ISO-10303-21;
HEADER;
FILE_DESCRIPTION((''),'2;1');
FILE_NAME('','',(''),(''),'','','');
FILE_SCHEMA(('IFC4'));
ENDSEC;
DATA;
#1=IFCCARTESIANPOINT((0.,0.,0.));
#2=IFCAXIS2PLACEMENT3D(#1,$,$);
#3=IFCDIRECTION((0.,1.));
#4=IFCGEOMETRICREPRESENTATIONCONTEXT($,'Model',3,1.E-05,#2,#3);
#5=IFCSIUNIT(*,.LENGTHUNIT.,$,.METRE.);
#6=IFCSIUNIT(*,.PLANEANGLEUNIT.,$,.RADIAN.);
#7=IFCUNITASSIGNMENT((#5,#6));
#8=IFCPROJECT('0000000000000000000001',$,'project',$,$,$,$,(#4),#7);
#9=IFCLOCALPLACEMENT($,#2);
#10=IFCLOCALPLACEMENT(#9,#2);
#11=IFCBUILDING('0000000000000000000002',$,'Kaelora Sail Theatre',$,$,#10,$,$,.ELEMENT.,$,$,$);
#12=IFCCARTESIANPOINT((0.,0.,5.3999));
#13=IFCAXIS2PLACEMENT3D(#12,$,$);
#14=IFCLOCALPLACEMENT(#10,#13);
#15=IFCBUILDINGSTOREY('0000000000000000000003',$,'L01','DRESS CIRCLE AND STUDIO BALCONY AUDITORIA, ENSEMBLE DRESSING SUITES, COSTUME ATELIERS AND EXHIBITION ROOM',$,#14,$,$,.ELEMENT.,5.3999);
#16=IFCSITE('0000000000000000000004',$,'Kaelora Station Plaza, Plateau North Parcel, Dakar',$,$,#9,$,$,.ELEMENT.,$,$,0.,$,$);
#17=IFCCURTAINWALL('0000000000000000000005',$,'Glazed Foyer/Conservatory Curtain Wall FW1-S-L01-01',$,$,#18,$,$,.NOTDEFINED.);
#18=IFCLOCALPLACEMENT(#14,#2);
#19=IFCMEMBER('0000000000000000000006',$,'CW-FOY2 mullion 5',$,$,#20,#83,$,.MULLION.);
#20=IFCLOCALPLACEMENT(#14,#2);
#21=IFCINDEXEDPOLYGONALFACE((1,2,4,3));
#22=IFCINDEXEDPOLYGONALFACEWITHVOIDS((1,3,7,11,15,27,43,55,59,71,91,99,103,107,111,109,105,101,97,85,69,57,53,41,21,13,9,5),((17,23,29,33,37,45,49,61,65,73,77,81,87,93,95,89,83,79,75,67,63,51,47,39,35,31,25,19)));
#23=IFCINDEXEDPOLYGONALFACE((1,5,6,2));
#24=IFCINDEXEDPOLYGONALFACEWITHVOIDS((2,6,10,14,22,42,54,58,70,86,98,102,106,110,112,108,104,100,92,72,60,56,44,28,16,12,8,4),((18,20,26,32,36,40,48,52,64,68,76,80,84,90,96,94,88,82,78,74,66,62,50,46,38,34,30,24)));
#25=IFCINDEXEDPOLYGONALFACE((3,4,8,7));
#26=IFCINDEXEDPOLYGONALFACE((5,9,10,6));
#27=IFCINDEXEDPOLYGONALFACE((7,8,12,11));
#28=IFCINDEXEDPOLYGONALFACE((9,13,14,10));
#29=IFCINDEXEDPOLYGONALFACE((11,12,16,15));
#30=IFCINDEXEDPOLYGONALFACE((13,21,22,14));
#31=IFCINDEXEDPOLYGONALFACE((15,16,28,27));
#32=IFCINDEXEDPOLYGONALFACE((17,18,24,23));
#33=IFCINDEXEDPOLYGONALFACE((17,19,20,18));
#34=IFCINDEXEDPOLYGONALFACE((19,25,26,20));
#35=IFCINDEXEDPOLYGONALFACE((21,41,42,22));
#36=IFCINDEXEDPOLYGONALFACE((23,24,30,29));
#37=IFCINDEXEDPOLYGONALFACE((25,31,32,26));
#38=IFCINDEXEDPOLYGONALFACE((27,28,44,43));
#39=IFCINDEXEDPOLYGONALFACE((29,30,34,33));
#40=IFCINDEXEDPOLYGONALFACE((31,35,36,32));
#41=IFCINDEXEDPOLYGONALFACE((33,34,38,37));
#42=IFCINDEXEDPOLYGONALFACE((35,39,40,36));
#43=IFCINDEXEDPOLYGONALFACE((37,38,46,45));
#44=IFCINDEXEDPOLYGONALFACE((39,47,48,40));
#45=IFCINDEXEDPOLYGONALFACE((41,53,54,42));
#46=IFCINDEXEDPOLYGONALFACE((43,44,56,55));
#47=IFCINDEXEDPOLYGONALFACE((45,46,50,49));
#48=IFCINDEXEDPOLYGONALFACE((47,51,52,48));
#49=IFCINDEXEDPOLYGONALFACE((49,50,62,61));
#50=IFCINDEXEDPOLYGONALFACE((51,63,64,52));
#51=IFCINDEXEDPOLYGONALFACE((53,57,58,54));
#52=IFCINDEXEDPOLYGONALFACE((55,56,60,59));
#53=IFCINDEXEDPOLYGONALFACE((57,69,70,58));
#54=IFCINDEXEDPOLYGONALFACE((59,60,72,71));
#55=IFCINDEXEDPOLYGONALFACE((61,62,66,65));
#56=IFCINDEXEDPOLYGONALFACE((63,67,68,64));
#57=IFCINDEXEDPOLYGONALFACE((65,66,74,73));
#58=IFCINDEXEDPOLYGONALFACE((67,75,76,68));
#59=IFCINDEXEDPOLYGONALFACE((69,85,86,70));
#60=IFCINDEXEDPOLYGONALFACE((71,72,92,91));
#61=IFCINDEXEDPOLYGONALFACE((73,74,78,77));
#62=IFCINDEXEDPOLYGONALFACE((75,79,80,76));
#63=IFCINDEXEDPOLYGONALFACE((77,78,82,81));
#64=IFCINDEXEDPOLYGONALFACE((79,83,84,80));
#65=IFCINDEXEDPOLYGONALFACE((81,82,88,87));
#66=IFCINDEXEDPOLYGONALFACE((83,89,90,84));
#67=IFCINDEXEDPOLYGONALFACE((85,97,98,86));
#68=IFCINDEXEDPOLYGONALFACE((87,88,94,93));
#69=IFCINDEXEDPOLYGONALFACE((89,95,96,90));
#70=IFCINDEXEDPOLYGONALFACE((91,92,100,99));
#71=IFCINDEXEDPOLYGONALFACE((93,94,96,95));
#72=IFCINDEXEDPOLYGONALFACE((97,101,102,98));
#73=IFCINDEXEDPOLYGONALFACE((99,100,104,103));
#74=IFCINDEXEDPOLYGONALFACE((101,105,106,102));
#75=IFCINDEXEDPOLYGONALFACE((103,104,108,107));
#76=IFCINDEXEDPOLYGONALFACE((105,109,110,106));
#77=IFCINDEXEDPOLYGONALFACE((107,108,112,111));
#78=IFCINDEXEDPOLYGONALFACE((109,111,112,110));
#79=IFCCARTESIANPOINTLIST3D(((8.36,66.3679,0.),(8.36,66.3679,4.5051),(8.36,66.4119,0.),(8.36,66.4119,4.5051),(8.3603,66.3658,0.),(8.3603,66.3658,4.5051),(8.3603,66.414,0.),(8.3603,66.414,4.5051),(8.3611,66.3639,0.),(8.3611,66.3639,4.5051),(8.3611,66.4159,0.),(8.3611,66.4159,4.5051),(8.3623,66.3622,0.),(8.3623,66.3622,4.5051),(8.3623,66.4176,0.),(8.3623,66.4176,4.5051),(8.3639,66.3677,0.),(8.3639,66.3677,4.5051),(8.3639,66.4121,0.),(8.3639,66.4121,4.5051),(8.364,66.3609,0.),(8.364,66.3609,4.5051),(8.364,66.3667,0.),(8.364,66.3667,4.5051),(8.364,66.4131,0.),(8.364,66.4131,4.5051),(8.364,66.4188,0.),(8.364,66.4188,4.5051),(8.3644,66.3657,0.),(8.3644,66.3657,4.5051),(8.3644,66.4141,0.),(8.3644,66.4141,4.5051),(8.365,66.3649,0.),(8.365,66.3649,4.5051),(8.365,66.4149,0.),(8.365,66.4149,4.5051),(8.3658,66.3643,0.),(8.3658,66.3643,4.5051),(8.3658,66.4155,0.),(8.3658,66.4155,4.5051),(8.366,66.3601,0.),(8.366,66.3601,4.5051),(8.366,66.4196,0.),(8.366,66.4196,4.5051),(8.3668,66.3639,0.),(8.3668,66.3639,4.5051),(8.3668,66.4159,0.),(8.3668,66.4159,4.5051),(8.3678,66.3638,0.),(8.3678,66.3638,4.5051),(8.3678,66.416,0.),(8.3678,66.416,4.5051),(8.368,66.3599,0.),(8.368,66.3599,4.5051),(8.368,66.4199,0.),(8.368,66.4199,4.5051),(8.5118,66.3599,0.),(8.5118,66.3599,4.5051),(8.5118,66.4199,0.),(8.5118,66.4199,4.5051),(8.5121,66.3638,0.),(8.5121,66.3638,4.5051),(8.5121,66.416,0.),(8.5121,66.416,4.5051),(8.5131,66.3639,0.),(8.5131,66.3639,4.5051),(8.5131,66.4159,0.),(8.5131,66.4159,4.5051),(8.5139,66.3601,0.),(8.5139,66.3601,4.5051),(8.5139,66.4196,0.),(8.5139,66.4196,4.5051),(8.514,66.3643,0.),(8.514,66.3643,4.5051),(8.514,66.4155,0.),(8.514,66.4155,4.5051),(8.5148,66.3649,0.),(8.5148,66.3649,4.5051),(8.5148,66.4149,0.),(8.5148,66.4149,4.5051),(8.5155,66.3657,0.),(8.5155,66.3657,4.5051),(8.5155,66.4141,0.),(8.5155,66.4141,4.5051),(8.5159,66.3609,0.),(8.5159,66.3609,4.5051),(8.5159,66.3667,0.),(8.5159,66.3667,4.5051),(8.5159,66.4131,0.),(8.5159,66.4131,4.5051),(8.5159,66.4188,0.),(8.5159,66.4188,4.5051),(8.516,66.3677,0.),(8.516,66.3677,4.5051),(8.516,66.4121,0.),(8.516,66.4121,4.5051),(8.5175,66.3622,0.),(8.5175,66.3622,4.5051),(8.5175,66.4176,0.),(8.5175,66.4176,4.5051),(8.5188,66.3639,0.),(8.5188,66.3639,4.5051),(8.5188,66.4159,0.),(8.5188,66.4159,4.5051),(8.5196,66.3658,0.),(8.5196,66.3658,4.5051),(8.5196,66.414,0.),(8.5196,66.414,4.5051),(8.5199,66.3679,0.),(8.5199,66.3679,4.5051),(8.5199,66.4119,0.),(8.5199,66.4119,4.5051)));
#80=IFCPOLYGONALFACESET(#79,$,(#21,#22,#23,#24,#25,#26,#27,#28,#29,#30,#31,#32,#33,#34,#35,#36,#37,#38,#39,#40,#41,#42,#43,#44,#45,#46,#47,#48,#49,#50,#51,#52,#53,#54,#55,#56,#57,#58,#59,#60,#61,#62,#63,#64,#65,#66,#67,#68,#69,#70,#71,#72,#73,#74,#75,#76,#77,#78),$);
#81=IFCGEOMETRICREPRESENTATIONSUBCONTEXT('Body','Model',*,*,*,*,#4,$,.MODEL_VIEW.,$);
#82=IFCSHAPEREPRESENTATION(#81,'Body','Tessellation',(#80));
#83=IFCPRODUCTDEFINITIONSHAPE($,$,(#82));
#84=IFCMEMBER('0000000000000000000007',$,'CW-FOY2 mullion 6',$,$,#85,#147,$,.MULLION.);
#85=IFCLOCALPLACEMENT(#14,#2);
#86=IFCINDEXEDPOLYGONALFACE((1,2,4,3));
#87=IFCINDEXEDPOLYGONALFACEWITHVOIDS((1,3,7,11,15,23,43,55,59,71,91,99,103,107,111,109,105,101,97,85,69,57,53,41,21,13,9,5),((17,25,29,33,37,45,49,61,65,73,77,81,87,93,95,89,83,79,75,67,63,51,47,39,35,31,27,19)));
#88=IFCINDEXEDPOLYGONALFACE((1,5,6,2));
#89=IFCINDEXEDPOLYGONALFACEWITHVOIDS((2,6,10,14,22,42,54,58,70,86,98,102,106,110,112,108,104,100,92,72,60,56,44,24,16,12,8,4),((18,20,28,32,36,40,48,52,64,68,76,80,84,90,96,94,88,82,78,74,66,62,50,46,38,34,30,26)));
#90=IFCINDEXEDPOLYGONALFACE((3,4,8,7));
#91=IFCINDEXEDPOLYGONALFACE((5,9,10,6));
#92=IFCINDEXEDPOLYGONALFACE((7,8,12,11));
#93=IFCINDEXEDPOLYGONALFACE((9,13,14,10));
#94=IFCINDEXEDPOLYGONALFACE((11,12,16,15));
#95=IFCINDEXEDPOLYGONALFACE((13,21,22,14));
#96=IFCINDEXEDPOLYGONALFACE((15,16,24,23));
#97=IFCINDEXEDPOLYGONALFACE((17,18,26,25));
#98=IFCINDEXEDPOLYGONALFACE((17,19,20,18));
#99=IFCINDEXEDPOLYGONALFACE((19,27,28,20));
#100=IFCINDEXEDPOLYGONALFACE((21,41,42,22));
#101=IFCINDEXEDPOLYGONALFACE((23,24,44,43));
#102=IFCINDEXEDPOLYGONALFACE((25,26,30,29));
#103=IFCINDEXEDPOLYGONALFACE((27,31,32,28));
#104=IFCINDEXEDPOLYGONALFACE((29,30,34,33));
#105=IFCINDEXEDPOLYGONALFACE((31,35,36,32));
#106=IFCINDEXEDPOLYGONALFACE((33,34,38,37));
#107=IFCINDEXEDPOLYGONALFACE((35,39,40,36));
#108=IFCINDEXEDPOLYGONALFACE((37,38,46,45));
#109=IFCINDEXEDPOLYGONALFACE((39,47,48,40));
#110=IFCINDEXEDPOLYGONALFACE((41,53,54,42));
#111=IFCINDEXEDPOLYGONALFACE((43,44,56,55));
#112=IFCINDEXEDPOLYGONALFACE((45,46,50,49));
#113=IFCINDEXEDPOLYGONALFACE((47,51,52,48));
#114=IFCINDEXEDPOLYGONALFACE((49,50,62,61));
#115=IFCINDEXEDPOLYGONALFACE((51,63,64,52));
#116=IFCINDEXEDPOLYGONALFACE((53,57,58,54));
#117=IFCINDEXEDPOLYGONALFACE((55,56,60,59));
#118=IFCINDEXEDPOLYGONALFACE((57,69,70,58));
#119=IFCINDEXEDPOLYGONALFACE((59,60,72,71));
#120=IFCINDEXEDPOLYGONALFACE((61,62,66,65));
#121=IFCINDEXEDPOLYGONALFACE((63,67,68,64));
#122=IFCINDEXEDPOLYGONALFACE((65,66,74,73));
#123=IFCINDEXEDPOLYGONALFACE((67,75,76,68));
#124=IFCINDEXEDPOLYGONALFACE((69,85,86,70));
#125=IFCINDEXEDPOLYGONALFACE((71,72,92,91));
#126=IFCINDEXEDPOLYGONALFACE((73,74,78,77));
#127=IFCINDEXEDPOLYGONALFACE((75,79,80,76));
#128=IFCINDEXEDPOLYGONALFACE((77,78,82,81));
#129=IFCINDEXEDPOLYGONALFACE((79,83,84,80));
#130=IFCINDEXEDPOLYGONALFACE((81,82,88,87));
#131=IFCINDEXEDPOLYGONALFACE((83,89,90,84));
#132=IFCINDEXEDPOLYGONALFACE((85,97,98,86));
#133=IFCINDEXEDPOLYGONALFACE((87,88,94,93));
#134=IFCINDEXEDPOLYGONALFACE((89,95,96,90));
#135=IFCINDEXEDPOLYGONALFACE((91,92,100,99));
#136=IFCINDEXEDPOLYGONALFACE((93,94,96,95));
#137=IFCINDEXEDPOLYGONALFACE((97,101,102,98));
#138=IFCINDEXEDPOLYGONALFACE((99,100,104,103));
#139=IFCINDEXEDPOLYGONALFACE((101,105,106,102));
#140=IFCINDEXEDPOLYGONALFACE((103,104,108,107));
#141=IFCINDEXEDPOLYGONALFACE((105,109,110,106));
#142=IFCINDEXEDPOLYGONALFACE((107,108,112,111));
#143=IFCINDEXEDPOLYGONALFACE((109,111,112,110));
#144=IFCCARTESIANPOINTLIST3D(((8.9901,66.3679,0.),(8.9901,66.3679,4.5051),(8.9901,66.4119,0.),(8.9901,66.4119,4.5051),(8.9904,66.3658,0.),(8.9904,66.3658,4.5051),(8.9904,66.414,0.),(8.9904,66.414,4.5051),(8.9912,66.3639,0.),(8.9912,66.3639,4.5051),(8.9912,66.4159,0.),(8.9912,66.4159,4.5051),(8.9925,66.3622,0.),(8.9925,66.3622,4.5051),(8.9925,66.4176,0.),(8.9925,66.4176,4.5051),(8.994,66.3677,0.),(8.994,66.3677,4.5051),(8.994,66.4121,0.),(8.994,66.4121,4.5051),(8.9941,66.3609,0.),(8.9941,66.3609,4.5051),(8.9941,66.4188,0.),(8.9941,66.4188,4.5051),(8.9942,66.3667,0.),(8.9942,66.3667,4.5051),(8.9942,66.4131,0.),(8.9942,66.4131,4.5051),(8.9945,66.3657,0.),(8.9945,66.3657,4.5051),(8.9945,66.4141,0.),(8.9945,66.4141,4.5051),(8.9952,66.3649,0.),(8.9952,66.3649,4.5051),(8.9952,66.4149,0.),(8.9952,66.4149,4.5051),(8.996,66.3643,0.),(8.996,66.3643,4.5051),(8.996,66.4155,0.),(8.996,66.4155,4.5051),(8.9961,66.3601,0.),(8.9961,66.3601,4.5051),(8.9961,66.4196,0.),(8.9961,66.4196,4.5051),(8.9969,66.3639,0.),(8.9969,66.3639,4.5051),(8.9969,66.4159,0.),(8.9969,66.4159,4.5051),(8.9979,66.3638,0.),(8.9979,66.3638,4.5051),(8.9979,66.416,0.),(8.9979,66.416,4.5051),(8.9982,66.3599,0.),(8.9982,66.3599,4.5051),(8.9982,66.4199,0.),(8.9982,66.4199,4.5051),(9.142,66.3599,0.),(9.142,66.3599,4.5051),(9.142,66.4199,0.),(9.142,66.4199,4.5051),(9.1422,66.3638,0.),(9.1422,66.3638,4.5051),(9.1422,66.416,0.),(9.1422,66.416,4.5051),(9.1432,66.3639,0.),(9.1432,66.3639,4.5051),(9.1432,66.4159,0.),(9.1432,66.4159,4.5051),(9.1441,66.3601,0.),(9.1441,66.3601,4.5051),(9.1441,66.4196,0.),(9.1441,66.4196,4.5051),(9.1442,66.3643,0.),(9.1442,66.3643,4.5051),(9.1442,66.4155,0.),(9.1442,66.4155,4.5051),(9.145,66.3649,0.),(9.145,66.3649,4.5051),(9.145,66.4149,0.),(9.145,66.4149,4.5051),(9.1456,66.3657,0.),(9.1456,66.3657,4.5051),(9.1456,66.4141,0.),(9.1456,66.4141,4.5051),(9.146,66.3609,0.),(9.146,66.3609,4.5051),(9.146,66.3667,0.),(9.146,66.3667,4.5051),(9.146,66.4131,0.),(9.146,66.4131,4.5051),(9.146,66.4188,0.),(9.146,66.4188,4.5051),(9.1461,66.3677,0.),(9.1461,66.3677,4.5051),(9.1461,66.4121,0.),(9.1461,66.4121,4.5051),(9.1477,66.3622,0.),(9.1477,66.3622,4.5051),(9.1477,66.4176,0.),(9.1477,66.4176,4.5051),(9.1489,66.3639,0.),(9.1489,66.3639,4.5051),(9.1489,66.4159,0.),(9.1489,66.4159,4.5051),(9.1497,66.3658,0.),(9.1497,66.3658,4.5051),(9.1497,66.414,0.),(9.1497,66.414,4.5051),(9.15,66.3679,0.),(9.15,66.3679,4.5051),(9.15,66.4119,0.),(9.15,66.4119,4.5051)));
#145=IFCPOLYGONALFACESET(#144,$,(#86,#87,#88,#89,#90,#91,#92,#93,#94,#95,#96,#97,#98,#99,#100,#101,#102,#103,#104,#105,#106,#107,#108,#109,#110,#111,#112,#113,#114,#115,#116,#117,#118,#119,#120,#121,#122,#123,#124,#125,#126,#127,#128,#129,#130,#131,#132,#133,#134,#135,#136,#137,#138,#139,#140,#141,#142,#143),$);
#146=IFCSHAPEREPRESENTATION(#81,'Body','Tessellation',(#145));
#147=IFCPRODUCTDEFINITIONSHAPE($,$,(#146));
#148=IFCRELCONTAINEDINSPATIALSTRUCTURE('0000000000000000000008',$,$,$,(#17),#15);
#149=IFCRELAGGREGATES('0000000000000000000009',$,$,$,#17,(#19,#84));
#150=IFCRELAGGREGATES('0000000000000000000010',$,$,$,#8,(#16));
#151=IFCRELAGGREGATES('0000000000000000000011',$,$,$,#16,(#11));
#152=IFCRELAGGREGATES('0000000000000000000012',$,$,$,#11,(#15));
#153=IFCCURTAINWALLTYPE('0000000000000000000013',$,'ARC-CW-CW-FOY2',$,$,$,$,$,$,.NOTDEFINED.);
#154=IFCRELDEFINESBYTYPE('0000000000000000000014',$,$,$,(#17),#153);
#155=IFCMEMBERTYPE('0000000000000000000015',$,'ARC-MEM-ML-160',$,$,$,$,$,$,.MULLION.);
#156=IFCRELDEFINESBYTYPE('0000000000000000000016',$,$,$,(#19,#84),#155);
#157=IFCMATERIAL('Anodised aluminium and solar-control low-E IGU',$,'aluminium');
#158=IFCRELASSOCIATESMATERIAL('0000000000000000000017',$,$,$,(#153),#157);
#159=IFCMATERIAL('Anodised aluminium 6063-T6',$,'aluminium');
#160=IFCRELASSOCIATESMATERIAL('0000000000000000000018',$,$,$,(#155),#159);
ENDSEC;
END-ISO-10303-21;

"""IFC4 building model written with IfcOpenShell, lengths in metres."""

from ifc_helpers import new_model, si_unit, direction, frame, origin, origin_2d, place, context, subcontext, project, spatial, hollow_rectangle, extrude, material, material_profile, profile_set, type_object, element, aggregate, save


model = new_model("IFC4")

# Units and contexts
model_context = context("Model", 3, precision=1e-05, world=origin(), true_north=direction((0.0, 1.0)))
body_context = subcontext(model_context, "Body", "Model", "MODEL_VIEW")
ifc_project = project(units=[si_unit("LENGTHUNIT", "METRE"), si_unit("PLANEANGLEUNIT", "RADIAN")], contexts=[model_context])

# Site, building, storey
site_placement = place(None, origin())
site = spatial("IfcSite", under=ifc_project, at=site_placement, Name="Kaelora Station Plaza, Plateau North Parcel, Dakar", CompositionType="ELEMENT", RefElevation=0.0)
building_placement = place(site_placement, origin())
building = spatial("IfcBuilding", under=site, at=building_placement, Name="Kaelora Sail Theatre", CompositionType="ELEMENT")
storey_placement = place(building_placement, frame((0.0, 0.0, 5.3999)))
storey = spatial("IfcBuildingStorey", under=building, at=storey_placement, Name="L01", Description="DRESS CIRCLE AND STUDIO BALCONY AUDITORIA, ENSEMBLE DRESSING SUITES, COSTUME ATELIERS AND EXHIBITION ROOM", CompositionType="ELEMENT", Elevation=5.3999)

# Curtain wall, members
ifc_material_1 = material(Name="Anodised aluminium and solar-control low-E IGU", Category="aluminium")
curtain_wall_type = type_object("IfcCurtainWallType", Name="ARC-CW-CW-FOY2", PredefinedType="NOTDEFINED", material=ifc_material_1)
curtain_wall_1_placement = place(storey_placement, origin())
curtain_wall_1 = element("IfcCurtainWall", 1, at=curtain_wall_1_placement, inside=storey, type_object=curtain_wall_type, Name="Glazed Foyer/Conservatory Curtain Wall FW1-S-L01-01", PredefinedType="NOTDEFINED")
ifc_material_2 = material(Name="Anodised aluminium 6063-T6", Category="aluminium")
ifc_material_profile_1 = material_profile(ifc_material_2, hollow_rectangle(XDim=0.0601, YDim=0.1599, WallThickness=0.0039, InnerFilletRadius=0.0039, OuterFilletRadius=0.0081, at=origin_2d()), Name="ALU-MULL 60x160x4")
ifc_profile_set_1 = profile_set([ifc_material_profile_1], Name="Anodised aluminium 6063-T6")
member_type_1 = type_object("IfcMemberType", Name="ARC-MEM-ML-160", PredefinedType="MULLION", material=ifc_profile_set_1)
member_1_placement = place(storey_placement, frame((8.4399, 66.3899, 0.0), z_axis=(0.0, 0.0, 1.0), x_axis=(0.0, 1.0, 0.0)))
member_1 = element("IfcMember", 2, at=member_1_placement, type_object=member_type_1, Name="CW-FOY2 mullion 5", PredefinedType="MULLION", context=body_context, shape_type="SweptSolid", body=[
    extrude(hollow_rectangle(XDim=0.0601, YDim=0.1599, WallThickness=0.0039, InnerFilletRadius=0.0039, OuterFilletRadius=0.0081, at=origin_2d()), origin(), (0.0, 0.0, 1.0), 4.5051),
])
member_2_placement = place(storey_placement, frame((9.0701, 66.3899, 0.0), z_axis=(0.0, 0.0, 1.0), x_axis=(0.0, 1.0, 0.0)))
member_2 = element("IfcMember", 3, at=member_2_placement, type_object=member_type_1, Name="CW-FOY2 mullion 6", PredefinedType="MULLION", context=body_context, shape_type="SweptSolid", body=[
    extrude(hollow_rectangle(XDim=0.0601, YDim=0.1599, WallThickness=0.0039, InnerFilletRadius=0.0039, OuterFilletRadius=0.0081, at=origin_2d()), origin(), (0.0, 0.0, 1.0), 4.5051),
])

aggregate(curtain_wall_1, [member_1, member_2])

save(model, "model.ifc")
